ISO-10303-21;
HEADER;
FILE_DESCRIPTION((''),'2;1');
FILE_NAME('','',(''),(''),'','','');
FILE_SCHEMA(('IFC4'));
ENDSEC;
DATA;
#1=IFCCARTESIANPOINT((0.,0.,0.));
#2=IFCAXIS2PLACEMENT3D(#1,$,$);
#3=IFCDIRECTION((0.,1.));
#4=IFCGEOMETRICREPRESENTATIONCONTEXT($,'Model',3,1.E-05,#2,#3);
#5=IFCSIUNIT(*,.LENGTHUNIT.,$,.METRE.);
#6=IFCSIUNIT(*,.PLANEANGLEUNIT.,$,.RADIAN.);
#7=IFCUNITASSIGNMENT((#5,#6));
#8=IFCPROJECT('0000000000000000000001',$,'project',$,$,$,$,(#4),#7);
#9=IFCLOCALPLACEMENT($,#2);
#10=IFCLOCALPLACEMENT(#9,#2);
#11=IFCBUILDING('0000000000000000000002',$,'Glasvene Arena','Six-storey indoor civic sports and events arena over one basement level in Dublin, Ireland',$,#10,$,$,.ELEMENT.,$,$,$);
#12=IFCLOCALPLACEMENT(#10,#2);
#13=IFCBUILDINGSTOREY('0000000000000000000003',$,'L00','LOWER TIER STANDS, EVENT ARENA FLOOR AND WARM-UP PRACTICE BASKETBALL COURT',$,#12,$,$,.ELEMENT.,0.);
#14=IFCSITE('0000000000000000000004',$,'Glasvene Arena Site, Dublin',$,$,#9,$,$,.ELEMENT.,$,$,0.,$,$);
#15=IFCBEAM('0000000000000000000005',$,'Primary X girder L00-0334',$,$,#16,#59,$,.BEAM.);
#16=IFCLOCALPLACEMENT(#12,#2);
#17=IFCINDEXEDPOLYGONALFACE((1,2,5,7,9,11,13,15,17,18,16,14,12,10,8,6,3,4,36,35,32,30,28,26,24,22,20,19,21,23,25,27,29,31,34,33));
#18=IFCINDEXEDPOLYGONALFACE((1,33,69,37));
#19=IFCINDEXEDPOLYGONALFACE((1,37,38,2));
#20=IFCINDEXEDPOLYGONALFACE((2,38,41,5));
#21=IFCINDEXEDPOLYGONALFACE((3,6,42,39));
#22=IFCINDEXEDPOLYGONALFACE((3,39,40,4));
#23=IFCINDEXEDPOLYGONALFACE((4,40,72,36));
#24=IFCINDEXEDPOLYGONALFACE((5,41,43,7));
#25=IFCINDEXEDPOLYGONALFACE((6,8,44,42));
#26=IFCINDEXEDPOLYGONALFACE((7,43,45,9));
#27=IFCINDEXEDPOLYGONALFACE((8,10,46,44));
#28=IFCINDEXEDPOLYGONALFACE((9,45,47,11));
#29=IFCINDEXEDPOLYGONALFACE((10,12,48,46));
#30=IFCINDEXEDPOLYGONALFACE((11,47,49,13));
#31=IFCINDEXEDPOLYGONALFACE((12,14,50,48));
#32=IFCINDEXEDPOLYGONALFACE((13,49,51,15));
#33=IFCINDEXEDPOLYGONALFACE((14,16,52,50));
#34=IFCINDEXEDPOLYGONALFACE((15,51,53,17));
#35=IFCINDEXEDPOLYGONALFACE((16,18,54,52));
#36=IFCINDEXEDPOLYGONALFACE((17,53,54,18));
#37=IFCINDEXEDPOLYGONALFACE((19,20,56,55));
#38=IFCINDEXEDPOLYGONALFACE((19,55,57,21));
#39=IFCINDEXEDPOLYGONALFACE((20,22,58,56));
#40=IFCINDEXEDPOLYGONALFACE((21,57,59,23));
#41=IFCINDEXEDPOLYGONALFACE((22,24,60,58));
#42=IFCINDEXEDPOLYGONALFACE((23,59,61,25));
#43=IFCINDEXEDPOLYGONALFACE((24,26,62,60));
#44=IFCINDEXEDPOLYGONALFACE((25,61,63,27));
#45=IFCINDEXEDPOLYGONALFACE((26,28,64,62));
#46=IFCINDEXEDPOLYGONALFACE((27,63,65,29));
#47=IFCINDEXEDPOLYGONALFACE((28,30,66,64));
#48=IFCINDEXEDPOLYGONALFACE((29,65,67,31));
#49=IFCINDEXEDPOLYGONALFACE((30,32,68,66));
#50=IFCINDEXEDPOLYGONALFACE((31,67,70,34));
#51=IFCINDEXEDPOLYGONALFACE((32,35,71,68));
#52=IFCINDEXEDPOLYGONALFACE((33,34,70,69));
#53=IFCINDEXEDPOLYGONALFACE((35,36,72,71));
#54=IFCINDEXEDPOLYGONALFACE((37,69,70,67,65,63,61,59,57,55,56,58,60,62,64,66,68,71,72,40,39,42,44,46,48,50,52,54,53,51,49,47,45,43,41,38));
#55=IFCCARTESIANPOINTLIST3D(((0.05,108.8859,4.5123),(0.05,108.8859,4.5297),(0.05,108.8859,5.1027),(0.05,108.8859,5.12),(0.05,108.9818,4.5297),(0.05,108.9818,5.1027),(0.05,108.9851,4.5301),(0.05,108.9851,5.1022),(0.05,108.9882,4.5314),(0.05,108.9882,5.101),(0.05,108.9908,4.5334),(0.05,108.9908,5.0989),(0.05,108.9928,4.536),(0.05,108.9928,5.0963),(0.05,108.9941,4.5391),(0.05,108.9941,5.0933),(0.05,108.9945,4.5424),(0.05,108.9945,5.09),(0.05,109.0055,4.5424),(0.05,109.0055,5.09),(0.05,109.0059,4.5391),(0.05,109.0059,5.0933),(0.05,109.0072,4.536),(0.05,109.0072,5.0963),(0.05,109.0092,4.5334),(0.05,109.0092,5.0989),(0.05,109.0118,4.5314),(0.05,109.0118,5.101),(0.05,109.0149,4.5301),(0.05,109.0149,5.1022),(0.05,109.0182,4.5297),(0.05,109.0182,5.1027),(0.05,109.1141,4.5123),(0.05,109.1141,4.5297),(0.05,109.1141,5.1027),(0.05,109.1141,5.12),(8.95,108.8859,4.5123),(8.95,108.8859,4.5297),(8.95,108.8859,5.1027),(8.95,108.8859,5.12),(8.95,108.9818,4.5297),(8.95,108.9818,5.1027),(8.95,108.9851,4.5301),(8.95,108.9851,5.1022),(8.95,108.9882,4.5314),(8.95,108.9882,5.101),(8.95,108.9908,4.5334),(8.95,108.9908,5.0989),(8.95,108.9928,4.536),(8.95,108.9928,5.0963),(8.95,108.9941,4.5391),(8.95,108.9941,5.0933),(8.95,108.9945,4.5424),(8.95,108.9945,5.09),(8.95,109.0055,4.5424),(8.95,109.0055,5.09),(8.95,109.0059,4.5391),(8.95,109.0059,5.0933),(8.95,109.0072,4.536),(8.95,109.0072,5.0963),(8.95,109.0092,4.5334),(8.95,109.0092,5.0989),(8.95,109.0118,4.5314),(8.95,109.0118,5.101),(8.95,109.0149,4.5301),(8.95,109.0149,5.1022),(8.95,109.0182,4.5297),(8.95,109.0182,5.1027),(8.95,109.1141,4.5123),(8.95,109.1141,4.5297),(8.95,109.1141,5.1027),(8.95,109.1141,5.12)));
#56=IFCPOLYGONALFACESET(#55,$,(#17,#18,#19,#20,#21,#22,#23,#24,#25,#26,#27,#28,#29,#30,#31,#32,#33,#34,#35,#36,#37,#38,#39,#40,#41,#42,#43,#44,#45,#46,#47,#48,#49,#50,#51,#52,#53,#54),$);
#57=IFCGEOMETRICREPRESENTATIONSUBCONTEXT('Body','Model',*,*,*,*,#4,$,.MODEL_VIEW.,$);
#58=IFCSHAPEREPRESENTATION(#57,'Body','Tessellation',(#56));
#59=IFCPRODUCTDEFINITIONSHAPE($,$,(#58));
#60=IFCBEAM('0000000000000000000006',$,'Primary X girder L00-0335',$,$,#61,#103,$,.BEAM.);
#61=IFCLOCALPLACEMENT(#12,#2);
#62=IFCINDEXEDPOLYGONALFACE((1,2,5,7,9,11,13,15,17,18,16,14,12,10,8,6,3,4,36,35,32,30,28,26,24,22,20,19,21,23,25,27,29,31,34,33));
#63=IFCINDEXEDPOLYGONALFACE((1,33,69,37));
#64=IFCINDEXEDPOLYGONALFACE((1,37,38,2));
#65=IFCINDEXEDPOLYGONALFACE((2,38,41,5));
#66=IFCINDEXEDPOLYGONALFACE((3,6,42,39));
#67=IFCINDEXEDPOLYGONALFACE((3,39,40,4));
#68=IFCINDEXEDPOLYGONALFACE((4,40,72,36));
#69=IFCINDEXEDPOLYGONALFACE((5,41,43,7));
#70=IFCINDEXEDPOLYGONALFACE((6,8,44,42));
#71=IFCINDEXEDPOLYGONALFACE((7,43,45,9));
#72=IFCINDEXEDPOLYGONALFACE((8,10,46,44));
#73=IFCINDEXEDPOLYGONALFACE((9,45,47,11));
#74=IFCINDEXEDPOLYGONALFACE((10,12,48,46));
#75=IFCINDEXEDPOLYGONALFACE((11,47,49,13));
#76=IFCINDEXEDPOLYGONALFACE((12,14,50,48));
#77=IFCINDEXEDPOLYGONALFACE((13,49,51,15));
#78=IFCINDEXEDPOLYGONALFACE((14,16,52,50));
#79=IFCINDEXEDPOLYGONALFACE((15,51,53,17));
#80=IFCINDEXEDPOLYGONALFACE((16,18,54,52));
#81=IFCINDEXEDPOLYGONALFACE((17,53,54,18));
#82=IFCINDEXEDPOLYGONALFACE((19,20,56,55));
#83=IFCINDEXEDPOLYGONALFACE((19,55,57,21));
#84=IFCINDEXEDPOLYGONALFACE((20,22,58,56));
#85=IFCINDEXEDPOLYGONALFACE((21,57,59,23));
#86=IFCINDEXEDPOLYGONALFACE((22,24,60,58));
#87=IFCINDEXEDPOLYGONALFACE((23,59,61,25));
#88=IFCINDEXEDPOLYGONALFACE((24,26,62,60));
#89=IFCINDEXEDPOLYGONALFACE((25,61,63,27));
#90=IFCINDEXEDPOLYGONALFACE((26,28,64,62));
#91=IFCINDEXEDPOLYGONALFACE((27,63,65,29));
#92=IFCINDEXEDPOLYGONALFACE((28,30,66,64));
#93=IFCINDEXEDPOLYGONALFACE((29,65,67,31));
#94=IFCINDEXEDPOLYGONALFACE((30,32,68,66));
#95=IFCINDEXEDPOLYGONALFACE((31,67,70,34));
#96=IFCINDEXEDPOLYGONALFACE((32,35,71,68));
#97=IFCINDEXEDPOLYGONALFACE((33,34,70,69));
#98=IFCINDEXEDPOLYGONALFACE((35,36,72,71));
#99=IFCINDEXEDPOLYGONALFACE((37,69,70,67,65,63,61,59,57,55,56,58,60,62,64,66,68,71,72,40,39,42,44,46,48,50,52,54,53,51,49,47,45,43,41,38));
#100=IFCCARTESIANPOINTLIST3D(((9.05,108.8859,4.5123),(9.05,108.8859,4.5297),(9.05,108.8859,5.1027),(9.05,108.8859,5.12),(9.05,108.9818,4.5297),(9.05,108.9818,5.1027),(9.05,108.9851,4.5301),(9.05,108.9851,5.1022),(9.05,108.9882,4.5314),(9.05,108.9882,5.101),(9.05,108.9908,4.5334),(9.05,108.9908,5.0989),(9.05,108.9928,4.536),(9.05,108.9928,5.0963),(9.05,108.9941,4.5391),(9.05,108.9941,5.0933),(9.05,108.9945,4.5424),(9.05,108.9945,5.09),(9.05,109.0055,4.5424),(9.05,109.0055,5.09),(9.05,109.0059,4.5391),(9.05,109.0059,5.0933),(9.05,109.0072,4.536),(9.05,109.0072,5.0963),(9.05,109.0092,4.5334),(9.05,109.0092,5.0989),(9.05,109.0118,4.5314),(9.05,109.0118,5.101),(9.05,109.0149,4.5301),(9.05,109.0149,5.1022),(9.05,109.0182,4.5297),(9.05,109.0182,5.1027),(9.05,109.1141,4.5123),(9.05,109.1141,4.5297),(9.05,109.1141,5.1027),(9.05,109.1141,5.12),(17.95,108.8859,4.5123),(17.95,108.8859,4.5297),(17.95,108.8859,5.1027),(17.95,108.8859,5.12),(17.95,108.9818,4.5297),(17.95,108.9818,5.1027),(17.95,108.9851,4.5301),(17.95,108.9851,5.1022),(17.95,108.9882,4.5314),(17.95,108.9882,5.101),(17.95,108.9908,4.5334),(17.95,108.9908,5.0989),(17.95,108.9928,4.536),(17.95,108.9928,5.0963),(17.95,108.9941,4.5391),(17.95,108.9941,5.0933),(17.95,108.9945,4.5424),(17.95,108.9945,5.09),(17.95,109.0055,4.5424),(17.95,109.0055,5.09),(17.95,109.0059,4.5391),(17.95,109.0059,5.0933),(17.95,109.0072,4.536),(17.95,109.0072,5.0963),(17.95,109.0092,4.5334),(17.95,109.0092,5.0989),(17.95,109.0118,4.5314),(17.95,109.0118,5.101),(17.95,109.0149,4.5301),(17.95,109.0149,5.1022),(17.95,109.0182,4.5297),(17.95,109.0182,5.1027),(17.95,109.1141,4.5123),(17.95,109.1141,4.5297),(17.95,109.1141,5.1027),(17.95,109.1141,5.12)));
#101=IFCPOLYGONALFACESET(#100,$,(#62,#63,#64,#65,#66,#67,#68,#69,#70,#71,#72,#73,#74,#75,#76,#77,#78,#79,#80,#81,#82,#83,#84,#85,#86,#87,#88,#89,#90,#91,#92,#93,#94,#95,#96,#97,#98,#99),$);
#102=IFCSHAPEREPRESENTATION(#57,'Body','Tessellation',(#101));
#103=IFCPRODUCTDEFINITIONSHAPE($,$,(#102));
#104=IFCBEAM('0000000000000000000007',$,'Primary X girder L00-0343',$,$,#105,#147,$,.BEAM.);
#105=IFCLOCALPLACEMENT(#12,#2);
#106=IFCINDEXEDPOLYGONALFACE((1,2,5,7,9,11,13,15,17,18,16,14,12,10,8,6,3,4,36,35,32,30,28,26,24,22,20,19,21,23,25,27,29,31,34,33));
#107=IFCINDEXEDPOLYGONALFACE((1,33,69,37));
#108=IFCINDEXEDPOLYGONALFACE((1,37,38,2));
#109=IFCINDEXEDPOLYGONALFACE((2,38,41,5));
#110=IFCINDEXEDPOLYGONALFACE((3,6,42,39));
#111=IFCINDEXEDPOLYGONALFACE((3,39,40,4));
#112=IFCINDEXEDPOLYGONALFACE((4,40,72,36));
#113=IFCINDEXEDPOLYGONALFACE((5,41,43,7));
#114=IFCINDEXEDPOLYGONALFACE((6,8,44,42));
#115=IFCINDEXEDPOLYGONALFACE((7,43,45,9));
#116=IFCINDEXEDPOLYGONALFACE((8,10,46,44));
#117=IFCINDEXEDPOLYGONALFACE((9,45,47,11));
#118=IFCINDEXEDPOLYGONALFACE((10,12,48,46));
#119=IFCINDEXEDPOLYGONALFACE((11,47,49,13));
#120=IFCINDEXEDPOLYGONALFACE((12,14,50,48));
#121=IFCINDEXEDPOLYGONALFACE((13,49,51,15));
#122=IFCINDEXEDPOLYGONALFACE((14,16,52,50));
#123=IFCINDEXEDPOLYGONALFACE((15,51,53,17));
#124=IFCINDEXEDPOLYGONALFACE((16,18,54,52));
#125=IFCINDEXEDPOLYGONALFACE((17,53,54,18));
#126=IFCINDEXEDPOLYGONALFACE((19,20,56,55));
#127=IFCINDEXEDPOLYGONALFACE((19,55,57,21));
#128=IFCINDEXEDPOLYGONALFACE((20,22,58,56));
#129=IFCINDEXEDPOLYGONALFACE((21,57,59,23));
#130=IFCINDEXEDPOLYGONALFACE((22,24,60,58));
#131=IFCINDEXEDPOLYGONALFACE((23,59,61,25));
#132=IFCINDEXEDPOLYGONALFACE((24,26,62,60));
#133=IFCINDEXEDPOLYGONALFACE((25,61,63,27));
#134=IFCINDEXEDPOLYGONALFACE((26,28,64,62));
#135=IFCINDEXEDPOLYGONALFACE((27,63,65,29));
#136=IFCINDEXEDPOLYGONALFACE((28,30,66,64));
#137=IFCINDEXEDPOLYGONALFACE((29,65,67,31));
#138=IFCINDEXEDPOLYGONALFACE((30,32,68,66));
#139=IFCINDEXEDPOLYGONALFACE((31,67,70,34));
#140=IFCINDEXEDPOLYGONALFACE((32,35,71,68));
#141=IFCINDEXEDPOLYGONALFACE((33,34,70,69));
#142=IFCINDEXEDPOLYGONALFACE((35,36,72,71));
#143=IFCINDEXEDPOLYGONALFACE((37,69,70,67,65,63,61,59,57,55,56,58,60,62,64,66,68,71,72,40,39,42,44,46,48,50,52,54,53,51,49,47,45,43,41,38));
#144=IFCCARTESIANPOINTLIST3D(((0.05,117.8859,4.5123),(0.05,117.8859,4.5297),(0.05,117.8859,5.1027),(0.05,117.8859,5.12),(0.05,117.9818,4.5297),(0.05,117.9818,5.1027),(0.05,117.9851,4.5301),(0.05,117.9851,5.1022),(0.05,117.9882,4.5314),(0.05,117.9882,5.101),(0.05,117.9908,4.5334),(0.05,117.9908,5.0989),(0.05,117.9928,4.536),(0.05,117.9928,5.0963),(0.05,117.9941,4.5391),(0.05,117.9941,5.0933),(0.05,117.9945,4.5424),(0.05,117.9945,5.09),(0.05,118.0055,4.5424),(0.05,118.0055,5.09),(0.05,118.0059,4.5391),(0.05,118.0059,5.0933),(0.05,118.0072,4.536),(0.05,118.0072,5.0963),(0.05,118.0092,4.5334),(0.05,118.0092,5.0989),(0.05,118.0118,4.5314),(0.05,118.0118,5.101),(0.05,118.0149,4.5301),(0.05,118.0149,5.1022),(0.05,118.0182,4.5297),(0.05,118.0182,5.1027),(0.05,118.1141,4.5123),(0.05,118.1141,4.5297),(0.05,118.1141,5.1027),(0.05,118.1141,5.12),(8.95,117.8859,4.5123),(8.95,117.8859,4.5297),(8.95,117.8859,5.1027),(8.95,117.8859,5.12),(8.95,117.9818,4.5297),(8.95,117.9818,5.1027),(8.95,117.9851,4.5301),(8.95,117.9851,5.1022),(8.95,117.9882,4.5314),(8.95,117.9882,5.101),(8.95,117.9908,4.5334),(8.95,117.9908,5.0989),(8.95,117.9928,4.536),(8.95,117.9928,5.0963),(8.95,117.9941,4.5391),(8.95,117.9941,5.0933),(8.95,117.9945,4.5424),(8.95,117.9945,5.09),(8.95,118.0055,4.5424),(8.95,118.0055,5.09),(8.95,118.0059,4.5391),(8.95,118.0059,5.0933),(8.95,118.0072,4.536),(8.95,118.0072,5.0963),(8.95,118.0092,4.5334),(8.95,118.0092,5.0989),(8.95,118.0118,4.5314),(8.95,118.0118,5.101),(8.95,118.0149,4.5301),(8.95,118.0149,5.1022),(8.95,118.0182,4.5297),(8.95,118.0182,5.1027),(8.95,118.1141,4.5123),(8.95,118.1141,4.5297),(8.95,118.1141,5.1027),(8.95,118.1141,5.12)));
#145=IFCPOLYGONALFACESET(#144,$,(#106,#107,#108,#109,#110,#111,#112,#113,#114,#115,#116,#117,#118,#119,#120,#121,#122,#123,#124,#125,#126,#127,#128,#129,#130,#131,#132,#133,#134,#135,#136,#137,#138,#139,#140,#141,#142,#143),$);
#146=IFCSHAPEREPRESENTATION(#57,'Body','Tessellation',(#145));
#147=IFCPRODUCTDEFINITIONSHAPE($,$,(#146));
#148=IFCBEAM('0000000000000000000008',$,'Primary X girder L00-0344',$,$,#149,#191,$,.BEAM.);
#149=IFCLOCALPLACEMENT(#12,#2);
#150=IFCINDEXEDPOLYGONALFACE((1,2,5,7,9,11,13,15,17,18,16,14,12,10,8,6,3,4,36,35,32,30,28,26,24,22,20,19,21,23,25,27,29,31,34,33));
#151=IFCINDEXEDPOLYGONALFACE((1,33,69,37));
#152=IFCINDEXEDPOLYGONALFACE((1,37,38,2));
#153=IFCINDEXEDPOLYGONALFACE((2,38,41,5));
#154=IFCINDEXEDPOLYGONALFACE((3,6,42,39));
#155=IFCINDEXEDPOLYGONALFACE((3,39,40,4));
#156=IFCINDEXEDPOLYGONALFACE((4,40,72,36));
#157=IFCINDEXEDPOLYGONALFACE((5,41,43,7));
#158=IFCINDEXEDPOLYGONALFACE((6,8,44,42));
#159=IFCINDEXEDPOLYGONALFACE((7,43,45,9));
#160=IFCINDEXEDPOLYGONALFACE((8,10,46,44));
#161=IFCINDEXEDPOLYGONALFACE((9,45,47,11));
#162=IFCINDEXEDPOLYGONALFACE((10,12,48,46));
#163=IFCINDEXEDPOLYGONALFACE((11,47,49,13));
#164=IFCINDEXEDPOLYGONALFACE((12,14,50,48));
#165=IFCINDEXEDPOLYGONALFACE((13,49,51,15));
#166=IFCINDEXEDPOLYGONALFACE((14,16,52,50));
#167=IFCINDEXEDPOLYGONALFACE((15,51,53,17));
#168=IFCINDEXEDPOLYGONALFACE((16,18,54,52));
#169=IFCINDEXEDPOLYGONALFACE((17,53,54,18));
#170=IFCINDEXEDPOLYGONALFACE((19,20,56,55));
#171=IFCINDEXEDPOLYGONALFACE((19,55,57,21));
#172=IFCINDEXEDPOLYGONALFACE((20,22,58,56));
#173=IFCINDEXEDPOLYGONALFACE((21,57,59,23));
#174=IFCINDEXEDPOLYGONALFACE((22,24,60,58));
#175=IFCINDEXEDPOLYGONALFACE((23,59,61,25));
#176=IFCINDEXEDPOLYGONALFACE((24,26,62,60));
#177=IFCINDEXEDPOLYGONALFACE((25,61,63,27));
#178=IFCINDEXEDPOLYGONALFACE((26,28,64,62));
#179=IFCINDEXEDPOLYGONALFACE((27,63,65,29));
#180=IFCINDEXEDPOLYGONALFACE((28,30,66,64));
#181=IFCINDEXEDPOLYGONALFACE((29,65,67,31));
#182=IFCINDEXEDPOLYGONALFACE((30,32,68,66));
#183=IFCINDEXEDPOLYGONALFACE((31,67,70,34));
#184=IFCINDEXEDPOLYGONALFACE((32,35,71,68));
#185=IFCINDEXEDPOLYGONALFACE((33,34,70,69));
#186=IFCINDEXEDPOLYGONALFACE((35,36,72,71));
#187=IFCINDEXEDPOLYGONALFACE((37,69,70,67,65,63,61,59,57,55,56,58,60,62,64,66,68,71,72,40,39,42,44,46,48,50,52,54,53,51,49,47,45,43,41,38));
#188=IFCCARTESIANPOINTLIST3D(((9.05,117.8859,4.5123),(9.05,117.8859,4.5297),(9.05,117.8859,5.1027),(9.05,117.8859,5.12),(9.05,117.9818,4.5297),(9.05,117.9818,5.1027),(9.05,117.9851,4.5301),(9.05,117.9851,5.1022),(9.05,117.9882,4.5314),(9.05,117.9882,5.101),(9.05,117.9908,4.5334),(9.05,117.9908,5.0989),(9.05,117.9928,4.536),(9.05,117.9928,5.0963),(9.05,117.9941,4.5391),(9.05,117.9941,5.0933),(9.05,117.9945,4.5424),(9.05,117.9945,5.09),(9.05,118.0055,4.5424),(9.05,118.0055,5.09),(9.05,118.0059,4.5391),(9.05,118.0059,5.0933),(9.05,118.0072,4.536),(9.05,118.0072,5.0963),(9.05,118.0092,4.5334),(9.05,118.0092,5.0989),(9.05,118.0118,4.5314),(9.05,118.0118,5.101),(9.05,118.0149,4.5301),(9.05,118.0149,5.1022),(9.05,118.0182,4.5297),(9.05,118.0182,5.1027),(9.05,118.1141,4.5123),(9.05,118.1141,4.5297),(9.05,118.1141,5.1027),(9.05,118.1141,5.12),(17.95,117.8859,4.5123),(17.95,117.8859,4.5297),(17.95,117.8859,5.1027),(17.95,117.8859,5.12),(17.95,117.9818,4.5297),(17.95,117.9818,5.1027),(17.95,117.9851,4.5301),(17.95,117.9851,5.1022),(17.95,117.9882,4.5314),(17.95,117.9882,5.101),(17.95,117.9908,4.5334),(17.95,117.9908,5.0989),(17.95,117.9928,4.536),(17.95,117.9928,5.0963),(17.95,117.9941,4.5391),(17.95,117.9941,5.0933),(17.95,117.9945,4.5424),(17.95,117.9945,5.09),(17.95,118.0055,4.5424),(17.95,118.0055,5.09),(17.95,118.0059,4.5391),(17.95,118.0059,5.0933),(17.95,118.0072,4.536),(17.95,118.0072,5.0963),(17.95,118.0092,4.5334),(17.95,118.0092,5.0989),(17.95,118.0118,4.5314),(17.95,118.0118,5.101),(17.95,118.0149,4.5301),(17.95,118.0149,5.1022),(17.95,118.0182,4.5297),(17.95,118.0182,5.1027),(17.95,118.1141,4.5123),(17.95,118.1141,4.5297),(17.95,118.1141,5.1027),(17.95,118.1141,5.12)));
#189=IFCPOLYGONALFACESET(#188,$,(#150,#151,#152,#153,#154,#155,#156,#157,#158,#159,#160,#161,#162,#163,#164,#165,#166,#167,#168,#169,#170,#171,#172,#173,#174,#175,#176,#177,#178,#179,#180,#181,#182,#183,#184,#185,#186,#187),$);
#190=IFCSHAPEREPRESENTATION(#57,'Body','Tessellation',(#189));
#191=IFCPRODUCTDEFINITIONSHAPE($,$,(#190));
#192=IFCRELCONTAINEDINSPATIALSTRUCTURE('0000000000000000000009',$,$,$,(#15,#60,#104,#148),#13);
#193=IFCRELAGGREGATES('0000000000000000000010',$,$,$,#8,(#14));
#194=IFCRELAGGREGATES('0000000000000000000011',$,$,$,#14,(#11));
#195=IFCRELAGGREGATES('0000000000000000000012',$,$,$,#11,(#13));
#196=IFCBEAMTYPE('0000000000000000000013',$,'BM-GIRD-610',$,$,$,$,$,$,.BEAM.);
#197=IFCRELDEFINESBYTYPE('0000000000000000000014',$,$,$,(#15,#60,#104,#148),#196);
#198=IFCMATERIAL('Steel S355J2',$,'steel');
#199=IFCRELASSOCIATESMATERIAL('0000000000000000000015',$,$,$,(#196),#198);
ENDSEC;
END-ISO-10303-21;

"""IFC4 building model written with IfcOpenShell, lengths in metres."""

from ifc_helpers import new_model, si_unit, direction, frame, origin, origin_2d, place, context, subcontext, project, spatial, i_section, extrude, material, material_profile, profile_set, type_object, element, save


model = new_model("IFC4")

# Units and contexts
model_context = context("Model", 3, precision=1e-05, world=origin(), true_north=direction((0.0, 1.0)))
body_context = subcontext(model_context, "Body", "Model", "MODEL_VIEW")
ifc_project = project(units=[si_unit("LENGTHUNIT", "METRE"), si_unit("PLANEANGLEUNIT", "RADIAN")], contexts=[model_context])

# Site, building, storey
site_placement = place(None, origin())
site = spatial("IfcSite", under=ifc_project, at=site_placement, Name="Glasvene Arena Site, Dublin", CompositionType="ELEMENT", RefElevation=0.0)
building_placement = place(site_placement, origin())
building = spatial("IfcBuilding", under=site, at=building_placement, Name="Glasvene Arena", Description="Six-storey indoor civic sports and events arena over one basement level in Dublin, Ireland", CompositionType="ELEMENT")
storey_placement = place(building_placement, origin())
storey = spatial("IfcBuildingStorey", under=building, at=storey_placement, Name="L00", Description="LOWER TIER STANDS, EVENT ARENA FLOOR AND WARM-UP PRACTICE BASKETBALL COURT", CompositionType="ELEMENT", Elevation=0.0)

# Shared definitions
ifc_material_1 = material(Name="Steel S355J2", Category="steel")

# Beams
ifc_material_profile_1 = material_profile(ifc_material_1, i_section(OverallWidth=0.2283, OverallDepth=0.6077, WebThickness=0.011, FlangeThickness=0.0173, FilletRadius=0.0127, at=origin_2d()), Name="UKB 610x229x113")
ifc_profile_set_1 = profile_set([ifc_material_profile_1], Name="Steel S355J2")
beam_type_1 = type_object("IfcBeamType", Name="BM-GIRD-610", PredefinedType="BEAM", material=ifc_profile_set_1)
for number, where, z_axis, x_axis, name in (
    (1, (0.05, 109.0, 4.8162), (1.0, 0.0, 0.0), (0.0, 1.0, 0.0), "Primary X girder L00-0334"),
    (2, (9.05, 109.0, 4.8162), (1.0, 0.0, 0.0), (0.0, 1.0, 0.0), "Primary X girder L00-0335"),
    (3, (0.05, 118.0, 4.8162), (1.0, 0.0, 0.0), (0.0, 1.0, 0.0), "Primary X girder L00-0343"),
    (4, (9.05, 118.0, 4.8162), (1.0, 0.0, 0.0), (0.0, 1.0, 0.0), "Primary X girder L00-0344"),
):
    element("IfcBeam", number, at=place(storey_placement, frame(where, z_axis=z_axis, x_axis=x_axis)), inside=storey, type_object=beam_type_1, Name=name, PredefinedType="BEAM", context=body_context, shape_type="SweptSolid", body=[
        extrude(i_section(OverallWidth=0.2283, OverallDepth=0.6077, WebThickness=0.011, FlangeThickness=0.0173, FilletRadius=0.0127, at=origin_2d()), origin(), (0.0, 0.0, 1.0), 8.8999),
    ])

save(model, "model.ifc")
